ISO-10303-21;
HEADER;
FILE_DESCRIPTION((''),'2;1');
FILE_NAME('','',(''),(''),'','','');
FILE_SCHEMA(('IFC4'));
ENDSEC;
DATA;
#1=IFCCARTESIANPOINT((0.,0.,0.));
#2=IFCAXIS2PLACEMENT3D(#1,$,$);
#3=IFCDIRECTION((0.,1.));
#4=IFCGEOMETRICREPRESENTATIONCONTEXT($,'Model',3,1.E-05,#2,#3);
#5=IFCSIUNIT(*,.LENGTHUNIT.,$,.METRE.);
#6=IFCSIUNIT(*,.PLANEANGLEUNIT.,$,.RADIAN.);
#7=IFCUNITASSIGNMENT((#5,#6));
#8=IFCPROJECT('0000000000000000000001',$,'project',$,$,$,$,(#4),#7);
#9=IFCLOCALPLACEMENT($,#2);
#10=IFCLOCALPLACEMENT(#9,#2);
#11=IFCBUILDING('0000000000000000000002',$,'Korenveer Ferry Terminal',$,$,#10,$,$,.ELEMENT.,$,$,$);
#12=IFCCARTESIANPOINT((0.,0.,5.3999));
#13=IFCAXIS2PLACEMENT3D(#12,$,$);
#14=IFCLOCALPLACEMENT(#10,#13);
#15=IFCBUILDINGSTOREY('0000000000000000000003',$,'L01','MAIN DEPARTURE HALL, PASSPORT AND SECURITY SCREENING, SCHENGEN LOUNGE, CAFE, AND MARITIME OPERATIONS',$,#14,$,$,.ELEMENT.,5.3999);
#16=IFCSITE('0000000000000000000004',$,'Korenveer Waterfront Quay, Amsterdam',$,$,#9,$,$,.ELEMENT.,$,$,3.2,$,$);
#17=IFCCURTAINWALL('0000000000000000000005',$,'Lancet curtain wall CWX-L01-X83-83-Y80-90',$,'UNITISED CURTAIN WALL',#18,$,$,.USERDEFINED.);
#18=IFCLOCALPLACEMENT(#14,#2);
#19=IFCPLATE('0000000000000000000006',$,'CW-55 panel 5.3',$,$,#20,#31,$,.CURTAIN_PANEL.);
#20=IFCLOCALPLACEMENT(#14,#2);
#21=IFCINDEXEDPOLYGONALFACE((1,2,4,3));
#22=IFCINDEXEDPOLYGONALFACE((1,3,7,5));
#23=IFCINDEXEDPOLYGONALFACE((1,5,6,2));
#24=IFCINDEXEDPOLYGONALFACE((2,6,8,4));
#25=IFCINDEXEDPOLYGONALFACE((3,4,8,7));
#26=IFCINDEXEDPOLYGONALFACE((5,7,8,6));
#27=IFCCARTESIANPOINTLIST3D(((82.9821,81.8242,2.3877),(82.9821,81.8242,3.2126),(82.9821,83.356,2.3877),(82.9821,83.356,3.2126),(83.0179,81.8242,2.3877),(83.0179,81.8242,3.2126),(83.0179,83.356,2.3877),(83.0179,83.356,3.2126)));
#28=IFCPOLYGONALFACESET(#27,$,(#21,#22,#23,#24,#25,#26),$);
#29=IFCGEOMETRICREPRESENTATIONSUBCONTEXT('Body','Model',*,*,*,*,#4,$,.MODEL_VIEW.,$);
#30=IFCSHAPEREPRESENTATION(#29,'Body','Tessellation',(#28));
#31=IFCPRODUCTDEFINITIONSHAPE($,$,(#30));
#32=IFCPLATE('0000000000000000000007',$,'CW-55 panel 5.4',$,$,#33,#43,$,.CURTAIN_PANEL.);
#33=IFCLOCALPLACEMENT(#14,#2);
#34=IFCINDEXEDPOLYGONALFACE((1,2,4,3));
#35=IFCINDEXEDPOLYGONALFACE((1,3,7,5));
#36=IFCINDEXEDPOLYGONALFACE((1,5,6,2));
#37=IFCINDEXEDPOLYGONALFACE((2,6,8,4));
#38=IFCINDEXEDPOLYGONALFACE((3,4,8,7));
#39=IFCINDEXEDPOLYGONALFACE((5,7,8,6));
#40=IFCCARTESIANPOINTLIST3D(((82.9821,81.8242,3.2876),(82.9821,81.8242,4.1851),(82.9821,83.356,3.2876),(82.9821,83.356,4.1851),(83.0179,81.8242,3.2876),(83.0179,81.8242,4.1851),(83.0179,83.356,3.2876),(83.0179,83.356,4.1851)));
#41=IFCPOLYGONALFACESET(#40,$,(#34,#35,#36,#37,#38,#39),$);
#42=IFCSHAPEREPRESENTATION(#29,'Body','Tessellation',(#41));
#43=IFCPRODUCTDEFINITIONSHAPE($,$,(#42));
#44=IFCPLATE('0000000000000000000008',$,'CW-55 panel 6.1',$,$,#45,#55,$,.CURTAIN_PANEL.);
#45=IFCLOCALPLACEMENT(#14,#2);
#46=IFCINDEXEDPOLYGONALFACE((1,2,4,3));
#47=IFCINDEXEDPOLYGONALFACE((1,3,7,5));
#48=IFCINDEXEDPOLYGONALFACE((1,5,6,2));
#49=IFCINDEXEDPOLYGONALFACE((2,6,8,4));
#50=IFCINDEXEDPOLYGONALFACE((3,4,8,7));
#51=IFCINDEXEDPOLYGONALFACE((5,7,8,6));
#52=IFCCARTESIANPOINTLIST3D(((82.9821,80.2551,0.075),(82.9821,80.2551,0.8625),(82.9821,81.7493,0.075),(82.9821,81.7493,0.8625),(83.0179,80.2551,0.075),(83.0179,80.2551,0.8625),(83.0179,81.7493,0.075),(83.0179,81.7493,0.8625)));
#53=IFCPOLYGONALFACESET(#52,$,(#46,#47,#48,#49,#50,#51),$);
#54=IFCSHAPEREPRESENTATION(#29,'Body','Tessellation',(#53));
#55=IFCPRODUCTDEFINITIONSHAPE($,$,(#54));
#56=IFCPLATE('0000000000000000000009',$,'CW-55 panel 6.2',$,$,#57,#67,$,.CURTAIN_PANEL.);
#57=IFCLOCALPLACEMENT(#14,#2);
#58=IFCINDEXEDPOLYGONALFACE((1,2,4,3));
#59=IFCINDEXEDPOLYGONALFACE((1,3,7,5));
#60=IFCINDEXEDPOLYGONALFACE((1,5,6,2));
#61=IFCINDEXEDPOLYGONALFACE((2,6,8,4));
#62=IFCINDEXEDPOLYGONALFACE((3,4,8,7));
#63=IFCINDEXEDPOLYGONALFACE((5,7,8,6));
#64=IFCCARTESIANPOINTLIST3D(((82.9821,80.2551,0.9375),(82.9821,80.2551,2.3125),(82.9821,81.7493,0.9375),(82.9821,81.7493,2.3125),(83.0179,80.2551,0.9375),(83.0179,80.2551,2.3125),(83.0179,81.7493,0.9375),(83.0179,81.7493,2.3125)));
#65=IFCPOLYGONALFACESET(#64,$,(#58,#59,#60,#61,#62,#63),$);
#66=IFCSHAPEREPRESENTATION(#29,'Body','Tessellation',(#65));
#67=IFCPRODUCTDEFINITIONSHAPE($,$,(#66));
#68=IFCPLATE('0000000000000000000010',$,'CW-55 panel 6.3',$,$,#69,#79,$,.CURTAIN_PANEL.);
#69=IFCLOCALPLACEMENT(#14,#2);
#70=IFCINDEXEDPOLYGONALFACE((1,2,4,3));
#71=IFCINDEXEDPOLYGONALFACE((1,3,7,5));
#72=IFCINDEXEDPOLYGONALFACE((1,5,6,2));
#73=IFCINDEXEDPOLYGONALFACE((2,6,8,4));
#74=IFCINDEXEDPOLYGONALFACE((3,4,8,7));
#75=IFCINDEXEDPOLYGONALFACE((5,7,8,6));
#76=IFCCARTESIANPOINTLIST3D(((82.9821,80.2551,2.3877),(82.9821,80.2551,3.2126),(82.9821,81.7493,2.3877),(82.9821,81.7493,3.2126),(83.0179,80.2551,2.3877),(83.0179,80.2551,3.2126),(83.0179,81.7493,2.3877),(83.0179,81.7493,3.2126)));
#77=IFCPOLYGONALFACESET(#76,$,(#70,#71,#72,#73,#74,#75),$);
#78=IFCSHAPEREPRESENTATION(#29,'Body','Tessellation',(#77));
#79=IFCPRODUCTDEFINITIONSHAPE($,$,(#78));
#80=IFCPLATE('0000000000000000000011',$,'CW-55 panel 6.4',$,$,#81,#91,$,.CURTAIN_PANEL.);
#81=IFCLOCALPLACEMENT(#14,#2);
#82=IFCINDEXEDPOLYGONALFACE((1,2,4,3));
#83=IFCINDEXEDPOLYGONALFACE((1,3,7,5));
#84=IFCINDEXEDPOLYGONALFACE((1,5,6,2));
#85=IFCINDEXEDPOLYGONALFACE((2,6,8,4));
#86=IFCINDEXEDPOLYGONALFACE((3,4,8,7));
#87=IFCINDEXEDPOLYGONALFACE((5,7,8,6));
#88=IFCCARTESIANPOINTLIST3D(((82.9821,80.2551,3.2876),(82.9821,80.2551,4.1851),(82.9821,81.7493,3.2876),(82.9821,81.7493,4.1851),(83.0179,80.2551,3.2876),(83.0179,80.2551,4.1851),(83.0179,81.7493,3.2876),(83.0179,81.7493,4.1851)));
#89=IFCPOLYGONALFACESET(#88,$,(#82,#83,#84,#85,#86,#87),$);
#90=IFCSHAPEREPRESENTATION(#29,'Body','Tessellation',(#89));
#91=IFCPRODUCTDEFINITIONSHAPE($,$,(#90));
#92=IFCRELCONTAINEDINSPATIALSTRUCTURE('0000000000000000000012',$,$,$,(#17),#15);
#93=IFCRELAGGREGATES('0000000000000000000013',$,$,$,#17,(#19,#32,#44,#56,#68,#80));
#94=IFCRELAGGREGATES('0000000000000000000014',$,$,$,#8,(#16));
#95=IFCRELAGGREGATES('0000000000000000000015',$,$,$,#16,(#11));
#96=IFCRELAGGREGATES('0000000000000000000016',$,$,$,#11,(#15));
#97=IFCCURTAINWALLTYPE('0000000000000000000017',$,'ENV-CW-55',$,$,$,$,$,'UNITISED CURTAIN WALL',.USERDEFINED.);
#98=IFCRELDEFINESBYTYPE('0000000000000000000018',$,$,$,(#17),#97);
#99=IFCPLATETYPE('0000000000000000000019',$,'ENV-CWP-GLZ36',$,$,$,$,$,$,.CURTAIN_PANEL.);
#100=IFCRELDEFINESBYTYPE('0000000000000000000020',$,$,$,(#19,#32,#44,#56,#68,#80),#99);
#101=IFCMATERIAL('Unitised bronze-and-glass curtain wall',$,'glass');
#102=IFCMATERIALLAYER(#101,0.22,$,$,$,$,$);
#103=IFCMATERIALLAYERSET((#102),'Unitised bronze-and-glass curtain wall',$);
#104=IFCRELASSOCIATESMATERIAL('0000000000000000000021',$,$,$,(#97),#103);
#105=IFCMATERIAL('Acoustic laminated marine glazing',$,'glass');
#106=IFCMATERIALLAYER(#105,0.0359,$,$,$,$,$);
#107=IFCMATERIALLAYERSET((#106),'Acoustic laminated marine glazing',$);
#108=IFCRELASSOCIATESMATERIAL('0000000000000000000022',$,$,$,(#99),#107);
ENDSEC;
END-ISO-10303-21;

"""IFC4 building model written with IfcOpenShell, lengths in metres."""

from ifc_helpers import new_model, si_unit, direction, frame, origin, origin_2d, place, context, subcontext, project, spatial, rectangle, extrude, material, layer, layer_set, type_object, element, aggregate, save


model = new_model("IFC4")

# Units and contexts
model_context = context("Model", 3, precision=1e-05, world=origin(), true_north=direction((0.0, 1.0)))
body_context = subcontext(model_context, "Body", "Model", "MODEL_VIEW")
ifc_project = project(units=[si_unit("LENGTHUNIT", "METRE"), si_unit("PLANEANGLEUNIT", "RADIAN")], contexts=[model_context])

# Site, building, storey
site_placement = place(None, origin())
site = spatial("IfcSite", under=ifc_project, at=site_placement, Name="Korenveer Waterfront Quay, Amsterdam", CompositionType="ELEMENT", RefElevation=3.2)
building_placement = place(site_placement, origin())
building = spatial("IfcBuilding", under=site, at=building_placement, Name="Korenveer Ferry Terminal", CompositionType="ELEMENT")
storey_placement = place(building_placement, frame((0.0, 0.0, 5.3999)))
storey = spatial("IfcBuildingStorey", under=building, at=storey_placement, Name="L01", Description="MAIN DEPARTURE HALL, PASSPORT AND SECURITY SCREENING, SCHENGEN LOUNGE, CAFE, AND MARITIME OPERATIONS", CompositionType="ELEMENT", Elevation=5.3999)

# Shared definitions
ifc_material_1 = material(Name="Unitised bronze-and-glass curtain wall", Category="glass")

# Curtain wall
ifc_layer_1 = layer(ifc_material_1, 0.22)
ifc_layer_set_1 = layer_set([ifc_layer_1], Name="Unitised bronze-and-glass curtain wall")
curtain_wall_type_1 = type_object("IfcCurtainWallType", Name="ENV-CW-55", ElementType="UNITISED CURTAIN WALL", PredefinedType="USERDEFINED", material=ifc_layer_set_1)
curtain_wall_1_placement = place(storey_placement, frame((83.0, 89.8201, 0.0)))
curtain_wall_1 = element("IfcCurtainWall", 1, at=curtain_wall_1_placement, inside=storey, type_object=curtain_wall_type_1, Name="Lancet curtain wall CWX-L01-X83-83-Y80-90", ObjectType="UNITISED CURTAIN WALL", PredefinedType="USERDEFINED")

# Plates
ifc_material_2 = material(Name="Acoustic laminated marine glazing", Category="glass")
ifc_layer_2 = layer(ifc_material_2, 0.0359)
ifc_layer_set_2 = layer_set([ifc_layer_2], Name="Acoustic laminated marine glazing")
plate_type = type_object("IfcPlateType", Name="ENV-CWP-GLZ36", PredefinedType="CURTAIN_PANEL", material=ifc_layer_set_2)
plate_1_placement = place(storey_placement, frame((83.0, 82.5901, 2.3877), z_axis=(0.0, 0.0, 1.0), x_axis=(0.0, -1.0, 0.0)))
plate_1 = element("IfcPlate", 2, at=plate_1_placement, type_object=plate_type, Name="CW-55 panel 5.3", PredefinedType="CURTAIN_PANEL", context=body_context, shape_type="SweptSolid", body=[
    extrude(rectangle(XDim=1.5317, YDim=0.0359, at=origin_2d()), origin(), (0.0, 0.0, 1.0), 0.825),
])
plate_2_placement = place(storey_placement, frame((83.0, 82.5901, 3.2876), z_axis=(0.0, 0.0, 1.0), x_axis=(0.0, -1.0, 0.0)))
plate_2 = element("IfcPlate", 3, at=plate_2_placement, type_object=plate_type, Name="CW-55 panel 5.4", PredefinedType="CURTAIN_PANEL", context=body_context, shape_type="SweptSolid", body=[
    extrude(rectangle(XDim=1.5317, YDim=0.0359, at=origin_2d()), origin(), (0.0, 0.0, 1.0), 0.8975),
])
plate_3_placement = place(storey_placement, frame((83.0, 81.0022, 0.075), z_axis=(0.0, 0.0, 1.0), x_axis=(0.0, -1.0, 0.0)))
plate_3 = element("IfcPlate", 4, at=plate_3_placement, type_object=plate_type, Name="CW-55 panel 6.1", PredefinedType="CURTAIN_PANEL", context=body_context, shape_type="SweptSolid", body=[
    extrude(rectangle(XDim=1.4941, YDim=0.0359, at=origin_2d()), origin(), (0.0, 0.0, 1.0), 0.7876),
])
plate_4_placement = place(storey_placement, frame((83.0, 81.0022, 0.9375), z_axis=(0.0, 0.0, 1.0), x_axis=(0.0, -1.0, 0.0)))
plate_4 = element("IfcPlate", 5, at=plate_4_placement, type_object=plate_type, Name="CW-55 panel 6.2", PredefinedType="CURTAIN_PANEL", context=body_context, shape_type="SweptSolid", body=[
    extrude(rectangle(XDim=1.4941, YDim=0.0359, at=origin_2d()), origin(), (0.0, 0.0, 1.0), 1.375),
])
plate_5_placement = place(storey_placement, frame((83.0, 81.0022, 2.3877), z_axis=(0.0, 0.0, 1.0), x_axis=(0.0, -1.0, 0.0)))
plate_5 = element("IfcPlate", 6, at=plate_5_placement, type_object=plate_type, Name="CW-55 panel 6.3", PredefinedType="CURTAIN_PANEL", context=body_context, shape_type="SweptSolid", body=[
    extrude(rectangle(XDim=1.4941, YDim=0.0359, at=origin_2d()), origin(), (0.0, 0.0, 1.0), 0.825),
])
plate_6_placement = place(storey_placement, frame((83.0, 81.0022, 3.2876), z_axis=(0.0, 0.0, 1.0), x_axis=(0.0, -1.0, 0.0)))
plate_6 = element("IfcPlate", 7, at=plate_6_placement, type_object=plate_type, Name="CW-55 panel 6.4", PredefinedType="CURTAIN_PANEL", context=body_context, shape_type="SweptSolid", body=[
    extrude(rectangle(XDim=1.4941, YDim=0.0359, at=origin_2d()), origin(), (0.0, 0.0, 1.0), 0.8975),
])
aggregate(curtain_wall_1, [plate_1, plate_2, plate_3, plate_4, plate_5, plate_6])

save(model, "model.ifc")
